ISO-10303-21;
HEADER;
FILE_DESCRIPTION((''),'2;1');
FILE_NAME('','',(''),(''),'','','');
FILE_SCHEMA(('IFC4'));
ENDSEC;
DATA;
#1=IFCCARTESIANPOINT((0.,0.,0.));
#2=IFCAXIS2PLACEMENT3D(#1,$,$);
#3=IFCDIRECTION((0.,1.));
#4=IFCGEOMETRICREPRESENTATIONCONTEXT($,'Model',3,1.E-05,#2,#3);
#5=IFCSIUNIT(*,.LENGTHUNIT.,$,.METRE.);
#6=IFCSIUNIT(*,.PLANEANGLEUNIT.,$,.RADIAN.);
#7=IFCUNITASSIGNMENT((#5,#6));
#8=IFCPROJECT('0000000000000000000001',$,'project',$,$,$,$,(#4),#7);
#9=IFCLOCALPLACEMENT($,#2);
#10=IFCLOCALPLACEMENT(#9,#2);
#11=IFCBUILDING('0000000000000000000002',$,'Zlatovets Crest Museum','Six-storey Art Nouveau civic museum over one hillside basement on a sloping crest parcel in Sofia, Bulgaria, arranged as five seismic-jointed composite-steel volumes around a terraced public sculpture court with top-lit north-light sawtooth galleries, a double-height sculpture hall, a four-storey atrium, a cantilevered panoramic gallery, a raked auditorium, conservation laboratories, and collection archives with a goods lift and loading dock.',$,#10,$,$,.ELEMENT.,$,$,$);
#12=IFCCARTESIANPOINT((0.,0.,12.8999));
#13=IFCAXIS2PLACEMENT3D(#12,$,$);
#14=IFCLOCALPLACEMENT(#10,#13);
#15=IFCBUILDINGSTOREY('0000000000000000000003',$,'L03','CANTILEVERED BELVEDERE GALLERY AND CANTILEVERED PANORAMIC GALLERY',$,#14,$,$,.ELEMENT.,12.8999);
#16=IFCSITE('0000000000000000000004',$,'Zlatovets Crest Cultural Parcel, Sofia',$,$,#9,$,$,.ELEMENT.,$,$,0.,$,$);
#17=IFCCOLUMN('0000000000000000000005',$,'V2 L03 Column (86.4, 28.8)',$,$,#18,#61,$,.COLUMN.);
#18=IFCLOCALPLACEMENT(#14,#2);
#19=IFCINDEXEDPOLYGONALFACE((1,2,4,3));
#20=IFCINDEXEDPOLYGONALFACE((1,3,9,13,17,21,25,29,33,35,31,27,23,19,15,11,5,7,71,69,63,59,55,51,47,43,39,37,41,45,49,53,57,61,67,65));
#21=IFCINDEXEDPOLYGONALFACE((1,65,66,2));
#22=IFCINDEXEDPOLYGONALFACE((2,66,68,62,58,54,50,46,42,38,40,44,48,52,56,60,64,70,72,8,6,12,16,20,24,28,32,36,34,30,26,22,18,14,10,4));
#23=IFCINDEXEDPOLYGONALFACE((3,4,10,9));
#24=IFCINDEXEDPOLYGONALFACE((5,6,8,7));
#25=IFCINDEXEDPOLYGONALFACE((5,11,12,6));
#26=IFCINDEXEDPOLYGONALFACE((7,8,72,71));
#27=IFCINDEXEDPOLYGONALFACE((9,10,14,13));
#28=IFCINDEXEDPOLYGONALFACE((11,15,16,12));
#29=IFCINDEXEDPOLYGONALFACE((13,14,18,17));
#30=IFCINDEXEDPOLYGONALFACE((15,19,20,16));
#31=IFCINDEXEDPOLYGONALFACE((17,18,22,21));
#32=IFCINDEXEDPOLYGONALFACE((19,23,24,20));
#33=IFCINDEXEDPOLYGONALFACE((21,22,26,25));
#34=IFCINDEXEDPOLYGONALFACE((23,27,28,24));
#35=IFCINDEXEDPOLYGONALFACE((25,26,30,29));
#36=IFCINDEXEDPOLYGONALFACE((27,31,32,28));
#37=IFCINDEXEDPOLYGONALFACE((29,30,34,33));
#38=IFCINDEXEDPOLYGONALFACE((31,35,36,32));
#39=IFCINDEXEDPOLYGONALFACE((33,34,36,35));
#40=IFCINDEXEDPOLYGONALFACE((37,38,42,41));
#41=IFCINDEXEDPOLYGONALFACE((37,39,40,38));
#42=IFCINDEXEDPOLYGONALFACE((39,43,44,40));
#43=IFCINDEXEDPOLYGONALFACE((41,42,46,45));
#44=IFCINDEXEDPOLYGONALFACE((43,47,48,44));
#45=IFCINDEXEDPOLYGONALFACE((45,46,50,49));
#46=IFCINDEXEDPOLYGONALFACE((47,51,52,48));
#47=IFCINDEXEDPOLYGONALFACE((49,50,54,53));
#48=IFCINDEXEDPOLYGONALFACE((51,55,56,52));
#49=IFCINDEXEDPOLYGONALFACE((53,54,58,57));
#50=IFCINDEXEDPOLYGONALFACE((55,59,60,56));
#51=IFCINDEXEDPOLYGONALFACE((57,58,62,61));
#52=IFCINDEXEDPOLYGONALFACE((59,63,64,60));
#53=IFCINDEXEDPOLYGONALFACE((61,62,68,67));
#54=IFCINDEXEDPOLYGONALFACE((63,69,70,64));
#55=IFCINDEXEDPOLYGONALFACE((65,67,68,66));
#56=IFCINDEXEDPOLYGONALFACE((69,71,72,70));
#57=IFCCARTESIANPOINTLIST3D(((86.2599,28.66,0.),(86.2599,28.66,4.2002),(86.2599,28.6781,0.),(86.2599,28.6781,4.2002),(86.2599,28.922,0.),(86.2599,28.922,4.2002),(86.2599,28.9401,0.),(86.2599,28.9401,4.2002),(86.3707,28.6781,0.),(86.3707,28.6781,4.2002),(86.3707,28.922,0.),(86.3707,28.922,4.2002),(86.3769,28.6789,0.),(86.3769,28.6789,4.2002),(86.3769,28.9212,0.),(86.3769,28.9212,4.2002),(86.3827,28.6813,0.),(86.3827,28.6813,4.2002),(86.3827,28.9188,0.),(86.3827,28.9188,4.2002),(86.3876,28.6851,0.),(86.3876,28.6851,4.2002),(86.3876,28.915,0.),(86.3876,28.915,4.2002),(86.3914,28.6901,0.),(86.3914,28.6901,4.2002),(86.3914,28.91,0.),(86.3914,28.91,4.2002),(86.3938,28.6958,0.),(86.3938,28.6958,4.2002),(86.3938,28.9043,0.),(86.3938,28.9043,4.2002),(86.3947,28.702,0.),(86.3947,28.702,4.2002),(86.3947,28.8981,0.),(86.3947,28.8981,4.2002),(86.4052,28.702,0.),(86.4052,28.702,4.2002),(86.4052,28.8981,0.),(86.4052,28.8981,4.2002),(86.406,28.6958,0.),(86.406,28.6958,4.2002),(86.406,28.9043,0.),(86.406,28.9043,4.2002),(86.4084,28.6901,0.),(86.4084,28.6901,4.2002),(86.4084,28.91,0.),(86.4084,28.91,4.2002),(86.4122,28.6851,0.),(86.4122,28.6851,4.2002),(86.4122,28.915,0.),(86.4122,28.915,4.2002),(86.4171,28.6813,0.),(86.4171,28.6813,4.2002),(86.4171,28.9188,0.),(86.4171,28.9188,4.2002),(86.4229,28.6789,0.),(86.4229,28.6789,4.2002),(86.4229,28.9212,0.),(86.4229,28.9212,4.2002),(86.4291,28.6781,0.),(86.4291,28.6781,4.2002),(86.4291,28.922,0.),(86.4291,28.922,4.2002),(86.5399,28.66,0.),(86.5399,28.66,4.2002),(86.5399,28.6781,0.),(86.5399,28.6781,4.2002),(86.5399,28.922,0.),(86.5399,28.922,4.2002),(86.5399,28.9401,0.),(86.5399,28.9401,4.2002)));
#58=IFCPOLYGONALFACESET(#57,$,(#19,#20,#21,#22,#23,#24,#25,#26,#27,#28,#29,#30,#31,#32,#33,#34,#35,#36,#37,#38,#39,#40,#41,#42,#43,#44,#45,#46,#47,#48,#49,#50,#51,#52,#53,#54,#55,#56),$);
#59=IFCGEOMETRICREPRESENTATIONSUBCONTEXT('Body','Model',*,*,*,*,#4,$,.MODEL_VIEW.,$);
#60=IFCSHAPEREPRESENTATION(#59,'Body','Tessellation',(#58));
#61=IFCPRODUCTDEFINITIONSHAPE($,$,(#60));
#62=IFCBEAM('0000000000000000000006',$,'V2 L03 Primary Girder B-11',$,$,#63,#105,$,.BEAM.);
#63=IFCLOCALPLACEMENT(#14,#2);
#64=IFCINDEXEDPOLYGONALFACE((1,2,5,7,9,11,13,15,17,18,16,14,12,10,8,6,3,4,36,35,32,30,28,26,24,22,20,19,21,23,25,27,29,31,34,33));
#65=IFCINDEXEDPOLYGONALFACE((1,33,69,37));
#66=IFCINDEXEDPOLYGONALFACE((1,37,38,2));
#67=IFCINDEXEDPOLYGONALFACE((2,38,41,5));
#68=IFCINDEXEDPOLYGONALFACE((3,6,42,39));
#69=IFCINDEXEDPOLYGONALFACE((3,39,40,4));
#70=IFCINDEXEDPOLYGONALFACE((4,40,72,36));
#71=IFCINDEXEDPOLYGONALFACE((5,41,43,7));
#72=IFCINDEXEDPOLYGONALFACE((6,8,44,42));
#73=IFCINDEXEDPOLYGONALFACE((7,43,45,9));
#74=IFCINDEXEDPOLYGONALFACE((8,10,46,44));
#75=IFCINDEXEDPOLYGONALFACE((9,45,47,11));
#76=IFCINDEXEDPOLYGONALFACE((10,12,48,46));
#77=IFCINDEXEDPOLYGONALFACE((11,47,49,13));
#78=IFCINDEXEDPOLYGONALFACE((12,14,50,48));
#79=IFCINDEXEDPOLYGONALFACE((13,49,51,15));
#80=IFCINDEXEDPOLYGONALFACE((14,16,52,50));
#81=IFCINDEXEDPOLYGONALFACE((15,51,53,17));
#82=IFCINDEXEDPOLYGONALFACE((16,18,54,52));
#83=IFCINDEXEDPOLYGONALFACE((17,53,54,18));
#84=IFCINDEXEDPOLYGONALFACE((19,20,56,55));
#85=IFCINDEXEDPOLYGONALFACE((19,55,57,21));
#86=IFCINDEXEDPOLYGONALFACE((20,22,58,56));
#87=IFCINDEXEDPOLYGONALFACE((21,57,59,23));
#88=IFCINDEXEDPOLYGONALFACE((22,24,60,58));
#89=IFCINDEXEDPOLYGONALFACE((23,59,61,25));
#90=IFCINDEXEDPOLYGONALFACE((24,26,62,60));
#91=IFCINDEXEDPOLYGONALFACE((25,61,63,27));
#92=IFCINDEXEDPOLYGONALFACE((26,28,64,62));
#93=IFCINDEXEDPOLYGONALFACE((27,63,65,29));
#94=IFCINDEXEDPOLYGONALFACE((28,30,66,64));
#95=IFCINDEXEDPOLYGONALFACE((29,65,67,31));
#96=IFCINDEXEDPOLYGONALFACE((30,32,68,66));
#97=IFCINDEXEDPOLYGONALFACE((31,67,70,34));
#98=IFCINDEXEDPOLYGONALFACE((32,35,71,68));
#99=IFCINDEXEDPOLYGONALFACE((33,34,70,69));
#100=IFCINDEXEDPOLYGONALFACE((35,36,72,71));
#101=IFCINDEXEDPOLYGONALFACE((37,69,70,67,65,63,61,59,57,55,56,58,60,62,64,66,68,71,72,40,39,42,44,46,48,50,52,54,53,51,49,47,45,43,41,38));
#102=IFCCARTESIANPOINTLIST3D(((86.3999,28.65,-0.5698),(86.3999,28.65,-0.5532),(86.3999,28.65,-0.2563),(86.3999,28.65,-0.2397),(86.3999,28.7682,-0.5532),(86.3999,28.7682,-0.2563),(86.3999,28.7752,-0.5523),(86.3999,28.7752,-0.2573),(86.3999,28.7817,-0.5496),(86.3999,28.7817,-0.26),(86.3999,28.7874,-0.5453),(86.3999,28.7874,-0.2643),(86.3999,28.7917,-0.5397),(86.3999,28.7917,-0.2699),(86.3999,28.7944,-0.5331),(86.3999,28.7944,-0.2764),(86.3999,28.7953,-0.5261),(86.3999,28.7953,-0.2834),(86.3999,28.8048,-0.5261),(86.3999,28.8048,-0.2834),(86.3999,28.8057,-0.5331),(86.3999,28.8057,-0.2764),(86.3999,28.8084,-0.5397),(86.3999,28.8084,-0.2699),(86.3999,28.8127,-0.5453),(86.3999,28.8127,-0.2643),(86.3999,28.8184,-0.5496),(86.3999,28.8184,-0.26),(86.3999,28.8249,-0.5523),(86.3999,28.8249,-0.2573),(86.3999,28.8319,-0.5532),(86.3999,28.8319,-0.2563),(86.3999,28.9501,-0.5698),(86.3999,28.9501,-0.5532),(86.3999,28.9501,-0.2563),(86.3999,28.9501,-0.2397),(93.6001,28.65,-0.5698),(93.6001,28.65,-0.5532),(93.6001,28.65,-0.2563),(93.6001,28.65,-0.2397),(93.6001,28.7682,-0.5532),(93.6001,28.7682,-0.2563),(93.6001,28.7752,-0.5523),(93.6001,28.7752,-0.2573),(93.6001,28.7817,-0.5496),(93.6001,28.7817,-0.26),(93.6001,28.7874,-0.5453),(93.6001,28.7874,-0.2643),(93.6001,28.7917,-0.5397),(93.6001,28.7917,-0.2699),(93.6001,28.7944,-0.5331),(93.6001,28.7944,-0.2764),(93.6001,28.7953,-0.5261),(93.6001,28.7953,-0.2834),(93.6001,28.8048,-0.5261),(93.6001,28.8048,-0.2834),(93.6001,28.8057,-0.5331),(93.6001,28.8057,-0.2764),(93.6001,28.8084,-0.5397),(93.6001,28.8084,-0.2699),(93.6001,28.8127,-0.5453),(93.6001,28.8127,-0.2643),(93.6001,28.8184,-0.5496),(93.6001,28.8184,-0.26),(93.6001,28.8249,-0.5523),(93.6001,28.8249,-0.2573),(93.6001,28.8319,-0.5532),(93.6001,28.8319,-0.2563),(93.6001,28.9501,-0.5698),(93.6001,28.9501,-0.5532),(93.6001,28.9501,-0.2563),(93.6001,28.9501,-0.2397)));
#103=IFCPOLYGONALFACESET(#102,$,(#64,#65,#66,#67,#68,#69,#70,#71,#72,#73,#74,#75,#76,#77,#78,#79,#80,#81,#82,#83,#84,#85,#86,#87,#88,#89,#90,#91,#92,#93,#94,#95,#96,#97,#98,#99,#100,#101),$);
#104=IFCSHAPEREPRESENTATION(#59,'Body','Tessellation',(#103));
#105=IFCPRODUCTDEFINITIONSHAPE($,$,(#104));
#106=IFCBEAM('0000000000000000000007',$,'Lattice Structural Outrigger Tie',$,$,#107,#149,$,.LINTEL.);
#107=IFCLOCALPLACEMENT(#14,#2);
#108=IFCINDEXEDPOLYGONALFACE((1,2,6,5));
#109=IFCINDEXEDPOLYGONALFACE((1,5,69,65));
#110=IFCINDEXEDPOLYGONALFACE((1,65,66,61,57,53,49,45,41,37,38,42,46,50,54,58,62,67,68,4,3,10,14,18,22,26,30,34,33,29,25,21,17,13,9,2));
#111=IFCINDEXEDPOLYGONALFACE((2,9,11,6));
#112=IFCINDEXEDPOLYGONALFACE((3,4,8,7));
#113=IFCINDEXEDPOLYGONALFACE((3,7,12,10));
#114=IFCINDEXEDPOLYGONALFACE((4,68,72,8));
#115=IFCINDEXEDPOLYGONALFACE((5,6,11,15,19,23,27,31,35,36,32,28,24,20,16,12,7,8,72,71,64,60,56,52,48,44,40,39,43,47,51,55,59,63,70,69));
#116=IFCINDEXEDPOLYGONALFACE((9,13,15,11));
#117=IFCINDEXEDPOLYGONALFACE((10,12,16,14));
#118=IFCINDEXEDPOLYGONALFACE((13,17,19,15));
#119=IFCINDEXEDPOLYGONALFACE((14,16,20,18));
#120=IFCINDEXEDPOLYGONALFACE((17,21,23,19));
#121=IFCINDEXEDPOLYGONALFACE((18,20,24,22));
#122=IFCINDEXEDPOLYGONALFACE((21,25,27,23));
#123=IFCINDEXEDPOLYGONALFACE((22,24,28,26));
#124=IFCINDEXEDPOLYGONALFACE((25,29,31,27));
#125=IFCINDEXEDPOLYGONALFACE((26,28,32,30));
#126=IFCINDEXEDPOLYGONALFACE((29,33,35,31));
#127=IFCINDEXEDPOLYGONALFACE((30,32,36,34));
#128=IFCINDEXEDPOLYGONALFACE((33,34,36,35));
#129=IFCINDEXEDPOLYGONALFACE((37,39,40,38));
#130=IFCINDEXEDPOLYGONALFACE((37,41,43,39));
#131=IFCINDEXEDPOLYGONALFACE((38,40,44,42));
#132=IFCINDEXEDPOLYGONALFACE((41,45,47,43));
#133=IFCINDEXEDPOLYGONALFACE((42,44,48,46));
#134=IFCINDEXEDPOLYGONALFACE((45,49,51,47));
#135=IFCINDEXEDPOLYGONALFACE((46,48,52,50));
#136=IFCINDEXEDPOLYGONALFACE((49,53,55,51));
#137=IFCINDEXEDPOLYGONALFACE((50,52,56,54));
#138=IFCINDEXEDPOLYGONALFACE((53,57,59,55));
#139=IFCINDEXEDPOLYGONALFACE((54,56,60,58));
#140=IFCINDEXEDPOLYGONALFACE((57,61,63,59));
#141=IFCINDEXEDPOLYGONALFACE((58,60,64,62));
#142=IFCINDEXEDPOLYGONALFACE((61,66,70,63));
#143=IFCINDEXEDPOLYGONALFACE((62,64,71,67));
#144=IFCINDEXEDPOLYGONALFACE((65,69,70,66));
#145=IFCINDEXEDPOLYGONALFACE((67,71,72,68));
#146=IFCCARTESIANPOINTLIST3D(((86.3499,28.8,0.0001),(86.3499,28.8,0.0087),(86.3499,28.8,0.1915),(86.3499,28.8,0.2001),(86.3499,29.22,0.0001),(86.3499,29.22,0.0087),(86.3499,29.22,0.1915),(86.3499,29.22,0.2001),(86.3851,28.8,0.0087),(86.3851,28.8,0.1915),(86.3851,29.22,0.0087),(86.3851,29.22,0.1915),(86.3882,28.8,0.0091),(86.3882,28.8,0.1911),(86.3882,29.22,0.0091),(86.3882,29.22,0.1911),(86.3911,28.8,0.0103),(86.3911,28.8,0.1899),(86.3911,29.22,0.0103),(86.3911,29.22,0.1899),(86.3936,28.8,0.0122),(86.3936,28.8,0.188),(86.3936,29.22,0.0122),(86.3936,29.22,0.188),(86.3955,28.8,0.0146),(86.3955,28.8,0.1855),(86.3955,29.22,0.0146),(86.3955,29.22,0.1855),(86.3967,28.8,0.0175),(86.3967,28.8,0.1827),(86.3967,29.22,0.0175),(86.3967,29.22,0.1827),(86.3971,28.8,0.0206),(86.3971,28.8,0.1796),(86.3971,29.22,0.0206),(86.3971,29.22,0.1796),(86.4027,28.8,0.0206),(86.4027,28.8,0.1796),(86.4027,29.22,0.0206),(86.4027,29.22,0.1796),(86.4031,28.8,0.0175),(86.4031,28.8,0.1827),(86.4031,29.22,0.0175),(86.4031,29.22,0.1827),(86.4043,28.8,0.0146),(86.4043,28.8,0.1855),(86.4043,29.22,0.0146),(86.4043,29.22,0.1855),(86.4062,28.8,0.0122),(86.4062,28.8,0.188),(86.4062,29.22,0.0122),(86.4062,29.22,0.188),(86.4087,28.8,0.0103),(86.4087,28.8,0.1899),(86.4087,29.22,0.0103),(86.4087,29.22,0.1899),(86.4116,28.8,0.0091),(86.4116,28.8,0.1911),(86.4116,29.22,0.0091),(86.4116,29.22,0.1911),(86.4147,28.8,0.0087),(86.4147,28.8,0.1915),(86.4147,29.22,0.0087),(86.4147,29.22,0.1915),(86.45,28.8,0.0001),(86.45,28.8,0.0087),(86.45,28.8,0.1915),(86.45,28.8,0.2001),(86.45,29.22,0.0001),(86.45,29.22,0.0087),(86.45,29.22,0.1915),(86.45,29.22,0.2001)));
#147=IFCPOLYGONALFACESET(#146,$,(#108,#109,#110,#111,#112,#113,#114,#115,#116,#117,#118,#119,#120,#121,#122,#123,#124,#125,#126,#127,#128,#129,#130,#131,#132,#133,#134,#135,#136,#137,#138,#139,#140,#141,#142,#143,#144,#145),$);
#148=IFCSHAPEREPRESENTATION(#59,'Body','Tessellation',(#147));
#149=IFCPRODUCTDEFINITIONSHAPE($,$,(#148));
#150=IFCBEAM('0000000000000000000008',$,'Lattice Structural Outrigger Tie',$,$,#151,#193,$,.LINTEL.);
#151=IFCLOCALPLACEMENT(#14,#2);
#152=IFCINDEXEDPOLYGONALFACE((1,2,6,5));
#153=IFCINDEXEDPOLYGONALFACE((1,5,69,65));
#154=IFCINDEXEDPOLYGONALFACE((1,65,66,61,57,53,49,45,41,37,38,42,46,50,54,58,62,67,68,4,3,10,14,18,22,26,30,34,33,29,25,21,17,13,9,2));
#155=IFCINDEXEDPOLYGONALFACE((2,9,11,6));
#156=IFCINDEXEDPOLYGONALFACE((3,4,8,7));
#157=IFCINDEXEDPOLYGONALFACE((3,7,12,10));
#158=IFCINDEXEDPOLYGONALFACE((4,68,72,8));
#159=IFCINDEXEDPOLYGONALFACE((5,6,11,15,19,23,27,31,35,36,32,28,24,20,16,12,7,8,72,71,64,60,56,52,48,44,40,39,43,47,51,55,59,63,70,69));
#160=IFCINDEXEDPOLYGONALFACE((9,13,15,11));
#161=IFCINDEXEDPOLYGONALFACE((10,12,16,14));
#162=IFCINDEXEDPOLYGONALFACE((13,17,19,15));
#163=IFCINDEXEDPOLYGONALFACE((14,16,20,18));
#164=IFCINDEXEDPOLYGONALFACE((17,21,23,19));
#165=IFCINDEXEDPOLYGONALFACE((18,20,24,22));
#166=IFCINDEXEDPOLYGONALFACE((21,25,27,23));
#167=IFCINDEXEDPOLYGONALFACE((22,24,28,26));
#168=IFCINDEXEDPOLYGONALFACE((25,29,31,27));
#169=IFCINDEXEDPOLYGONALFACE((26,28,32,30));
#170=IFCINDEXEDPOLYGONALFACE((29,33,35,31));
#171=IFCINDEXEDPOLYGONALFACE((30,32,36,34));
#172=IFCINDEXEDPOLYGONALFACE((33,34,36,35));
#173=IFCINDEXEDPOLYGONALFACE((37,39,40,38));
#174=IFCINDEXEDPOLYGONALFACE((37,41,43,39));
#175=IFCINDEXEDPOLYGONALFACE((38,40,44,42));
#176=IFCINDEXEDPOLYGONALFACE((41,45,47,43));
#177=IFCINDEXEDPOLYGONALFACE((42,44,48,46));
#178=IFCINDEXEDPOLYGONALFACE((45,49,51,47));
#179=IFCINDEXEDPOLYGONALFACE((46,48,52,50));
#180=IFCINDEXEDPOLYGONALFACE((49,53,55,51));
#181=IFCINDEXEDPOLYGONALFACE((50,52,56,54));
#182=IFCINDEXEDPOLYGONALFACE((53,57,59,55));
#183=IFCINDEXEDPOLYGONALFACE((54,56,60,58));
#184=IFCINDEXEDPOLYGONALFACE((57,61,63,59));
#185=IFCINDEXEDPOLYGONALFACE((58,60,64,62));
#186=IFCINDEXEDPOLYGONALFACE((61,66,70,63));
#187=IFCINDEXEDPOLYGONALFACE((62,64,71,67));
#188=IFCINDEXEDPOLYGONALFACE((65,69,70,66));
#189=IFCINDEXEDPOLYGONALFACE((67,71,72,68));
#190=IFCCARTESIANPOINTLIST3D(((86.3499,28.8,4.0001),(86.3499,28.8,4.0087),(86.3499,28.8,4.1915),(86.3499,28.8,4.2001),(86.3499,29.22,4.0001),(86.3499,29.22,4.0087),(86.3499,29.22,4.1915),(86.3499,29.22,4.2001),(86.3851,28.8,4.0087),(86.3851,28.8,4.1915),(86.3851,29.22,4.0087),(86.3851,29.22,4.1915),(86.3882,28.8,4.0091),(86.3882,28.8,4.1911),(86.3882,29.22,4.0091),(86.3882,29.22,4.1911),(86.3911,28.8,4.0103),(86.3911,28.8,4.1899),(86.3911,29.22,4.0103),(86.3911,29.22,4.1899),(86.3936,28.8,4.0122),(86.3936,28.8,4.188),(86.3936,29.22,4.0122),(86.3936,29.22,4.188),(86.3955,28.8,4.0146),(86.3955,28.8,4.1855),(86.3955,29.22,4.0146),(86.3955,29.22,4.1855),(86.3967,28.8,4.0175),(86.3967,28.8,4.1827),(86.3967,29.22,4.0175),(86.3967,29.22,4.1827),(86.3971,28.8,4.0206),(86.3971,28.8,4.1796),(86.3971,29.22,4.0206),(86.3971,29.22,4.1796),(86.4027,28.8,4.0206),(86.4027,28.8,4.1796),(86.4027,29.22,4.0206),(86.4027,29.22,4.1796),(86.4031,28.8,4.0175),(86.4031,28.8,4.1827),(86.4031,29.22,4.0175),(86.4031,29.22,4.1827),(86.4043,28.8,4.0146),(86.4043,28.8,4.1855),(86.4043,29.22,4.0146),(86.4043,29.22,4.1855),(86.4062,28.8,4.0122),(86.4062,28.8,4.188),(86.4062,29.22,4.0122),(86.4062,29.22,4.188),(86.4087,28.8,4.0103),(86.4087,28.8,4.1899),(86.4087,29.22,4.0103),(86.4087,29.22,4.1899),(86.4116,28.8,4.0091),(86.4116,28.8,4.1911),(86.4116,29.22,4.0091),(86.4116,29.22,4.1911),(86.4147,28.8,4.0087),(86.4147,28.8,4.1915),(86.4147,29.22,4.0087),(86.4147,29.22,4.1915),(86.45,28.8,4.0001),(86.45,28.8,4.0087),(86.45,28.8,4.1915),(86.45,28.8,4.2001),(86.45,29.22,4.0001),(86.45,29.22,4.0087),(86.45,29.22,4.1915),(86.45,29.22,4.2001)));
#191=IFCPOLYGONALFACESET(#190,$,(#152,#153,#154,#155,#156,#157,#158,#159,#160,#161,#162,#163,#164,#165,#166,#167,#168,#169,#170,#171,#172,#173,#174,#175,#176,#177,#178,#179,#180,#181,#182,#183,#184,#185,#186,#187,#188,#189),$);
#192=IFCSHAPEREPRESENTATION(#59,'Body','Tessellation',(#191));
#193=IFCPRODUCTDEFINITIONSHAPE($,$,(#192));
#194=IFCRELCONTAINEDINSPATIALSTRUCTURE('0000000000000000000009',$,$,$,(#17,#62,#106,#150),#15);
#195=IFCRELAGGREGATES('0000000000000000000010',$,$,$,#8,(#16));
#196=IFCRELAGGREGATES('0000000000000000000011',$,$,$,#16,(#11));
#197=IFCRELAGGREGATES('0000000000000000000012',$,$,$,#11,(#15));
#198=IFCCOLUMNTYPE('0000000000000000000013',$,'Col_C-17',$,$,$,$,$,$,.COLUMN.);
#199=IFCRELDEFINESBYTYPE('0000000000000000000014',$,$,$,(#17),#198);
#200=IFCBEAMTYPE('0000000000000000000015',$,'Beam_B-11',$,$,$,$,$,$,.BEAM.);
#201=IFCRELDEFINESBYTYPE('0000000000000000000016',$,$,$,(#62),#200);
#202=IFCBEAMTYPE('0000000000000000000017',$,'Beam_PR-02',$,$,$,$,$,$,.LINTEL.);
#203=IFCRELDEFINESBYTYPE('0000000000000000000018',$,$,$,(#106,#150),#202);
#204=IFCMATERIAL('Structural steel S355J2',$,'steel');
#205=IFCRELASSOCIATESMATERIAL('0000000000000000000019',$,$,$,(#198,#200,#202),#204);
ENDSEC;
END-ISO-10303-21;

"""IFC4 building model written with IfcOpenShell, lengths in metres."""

from ifc_helpers import new_model, si_unit, direction, frame, origin, origin_2d, place, context, subcontext, project, spatial, i_section, extrude, material, material_profile, profile_set, type_object, element, save


model = new_model("IFC4")

# Units and contexts
model_context = context("Model", 3, precision=1e-05, world=origin(), true_north=direction((0.0, 1.0)))
body_context = subcontext(model_context, "Body", "Model", "MODEL_VIEW")
ifc_project = project(units=[si_unit("LENGTHUNIT", "METRE"), si_unit("PLANEANGLEUNIT", "RADIAN")], contexts=[model_context])

# Site, building, storey
site_placement = place(None, origin())
site = spatial("IfcSite", under=ifc_project, at=site_placement, Name="Zlatovets Crest Cultural Parcel, Sofia", CompositionType="ELEMENT", RefElevation=0.0)
building_placement = place(site_placement, origin())
building = spatial("IfcBuilding", under=site, at=building_placement, Name="Zlatovets Crest Museum", Description="Six-storey Art Nouveau civic museum over one hillside basement on a sloping crest parcel in Sofia, Bulgaria, arranged as five seismic-jointed composite-steel volumes around a terraced public sculpture court with top-lit north-light sawtooth galleries, a double-height sculpture hall, a four-storey atrium, a cantilevered panoramic gallery, a raked auditorium, conservation laboratories, and collection archives with a goods lift and loading dock.", CompositionType="ELEMENT")
storey_placement = place(building_placement, frame((0.0, 0.0, 12.8999)))
storey = spatial("IfcBuildingStorey", under=building, at=storey_placement, Name="L03", Description="CANTILEVERED BELVEDERE GALLERY AND CANTILEVERED PANORAMIC GALLERY", CompositionType="ELEMENT", Elevation=12.8999)

# Column
ifc_material_1 = material(Name="Structural steel S355J2", Category="steel")
ifc_material_profile_1 = material_profile(ifc_material_1, i_section(OverallWidth=0.28, OverallDepth=0.28, WebThickness=0.0105, FlangeThickness=0.0181, FilletRadius=0.0239, at=origin_2d()), Name="HEB 280")
ifc_profile_set_1 = profile_set([ifc_material_profile_1], Name="Structural steel S355J2")
column_type = type_object("IfcColumnType", Name="Col_C-17", PredefinedType="COLUMN", material=ifc_profile_set_1)
column_placement = place(storey_placement, frame((86.3999, 28.8, 0.0), z_axis=(0.0, 0.0, 1.0), x_axis=(1.0, 0.0, 0.0)))
element("IfcColumn", 1, at=column_placement, inside=storey, type_object=column_type, Name="V2 L03 Column (86.4, 28.8)", PredefinedType="COLUMN", context=body_context, shape_type="SweptSolid", body=[
    extrude(i_section(OverallWidth=0.28, OverallDepth=0.28, WebThickness=0.0105, FlangeThickness=0.0181, FilletRadius=0.0239, at=origin_2d()), origin(), (0.0, 0.0, 1.0), 4.2002),
])

# Beams
ifc_material_profile_2 = material_profile(ifc_material_1, i_section(OverallWidth=0.3, OverallDepth=0.3301, WebThickness=0.0095, FlangeThickness=0.0166, FilletRadius=0.0271, at=origin_2d()), Name="HEA 340")
ifc_profile_set_2 = profile_set([ifc_material_profile_2], Name="Structural steel S355J2")
beam_type_1 = type_object("IfcBeamType", Name="Beam_B-11", PredefinedType="BEAM", material=ifc_profile_set_2)
beam_placement = place(storey_placement, frame((86.3999, 28.8, -0.4048), z_axis=(1.0, 0.0, 0.0), x_axis=(0.0, 1.0, 0.0)))
element("IfcBeam", 2, at=beam_placement, inside=storey, type_object=beam_type_1, Name="V2 L03 Primary Girder B-11", PredefinedType="BEAM", context=body_context, shape_type="SweptSolid", body=[
    extrude(i_section(OverallWidth=0.3, OverallDepth=0.3301, WebThickness=0.0095, FlangeThickness=0.0166, FilletRadius=0.0271, at=origin_2d()), origin(), (0.0, 0.0, 1.0), 7.2002),
])
ifc_material_profile_3 = material_profile(ifc_material_1, i_section(OverallWidth=0.1001, OverallDepth=0.2, WebThickness=0.0056, FlangeThickness=0.0085, FilletRadius=0.012, at=origin_2d()), Name="IPE 200")
ifc_profile_set_3 = profile_set([ifc_material_profile_3], Name="Structural steel S355J2")
beam_type_2 = type_object("IfcBeamType", Name="Beam_PR-02", PredefinedType="LINTEL", material=ifc_profile_set_3)
for number, where, z_axis, x_axis, name in (
    (3, (86.3999, 28.8, 0.1001), (0.0, 1.0, 0.0), (-1.0, 0.0, 0.0), "Lattice Structural Outrigger Tie"),
    (4, (86.3999, 28.8, 4.1001), (0.0, 1.0, 0.0), (-1.0, 0.0, 0.0), "Lattice Structural Outrigger Tie"),
):
    element("IfcBeam", number, at=place(storey_placement, frame(where, z_axis=z_axis, x_axis=x_axis)), inside=storey, type_object=beam_type_2, Name=name, PredefinedType="LINTEL", context=body_context, shape_type="SweptSolid", body=[
        extrude(i_section(OverallWidth=0.1001, OverallDepth=0.2, WebThickness=0.0056, FlangeThickness=0.0085, FilletRadius=0.012, at=origin_2d()), origin(), (0.0, 0.0, 1.0), 0.4199),
    ])

save(model, "model.ifc")
